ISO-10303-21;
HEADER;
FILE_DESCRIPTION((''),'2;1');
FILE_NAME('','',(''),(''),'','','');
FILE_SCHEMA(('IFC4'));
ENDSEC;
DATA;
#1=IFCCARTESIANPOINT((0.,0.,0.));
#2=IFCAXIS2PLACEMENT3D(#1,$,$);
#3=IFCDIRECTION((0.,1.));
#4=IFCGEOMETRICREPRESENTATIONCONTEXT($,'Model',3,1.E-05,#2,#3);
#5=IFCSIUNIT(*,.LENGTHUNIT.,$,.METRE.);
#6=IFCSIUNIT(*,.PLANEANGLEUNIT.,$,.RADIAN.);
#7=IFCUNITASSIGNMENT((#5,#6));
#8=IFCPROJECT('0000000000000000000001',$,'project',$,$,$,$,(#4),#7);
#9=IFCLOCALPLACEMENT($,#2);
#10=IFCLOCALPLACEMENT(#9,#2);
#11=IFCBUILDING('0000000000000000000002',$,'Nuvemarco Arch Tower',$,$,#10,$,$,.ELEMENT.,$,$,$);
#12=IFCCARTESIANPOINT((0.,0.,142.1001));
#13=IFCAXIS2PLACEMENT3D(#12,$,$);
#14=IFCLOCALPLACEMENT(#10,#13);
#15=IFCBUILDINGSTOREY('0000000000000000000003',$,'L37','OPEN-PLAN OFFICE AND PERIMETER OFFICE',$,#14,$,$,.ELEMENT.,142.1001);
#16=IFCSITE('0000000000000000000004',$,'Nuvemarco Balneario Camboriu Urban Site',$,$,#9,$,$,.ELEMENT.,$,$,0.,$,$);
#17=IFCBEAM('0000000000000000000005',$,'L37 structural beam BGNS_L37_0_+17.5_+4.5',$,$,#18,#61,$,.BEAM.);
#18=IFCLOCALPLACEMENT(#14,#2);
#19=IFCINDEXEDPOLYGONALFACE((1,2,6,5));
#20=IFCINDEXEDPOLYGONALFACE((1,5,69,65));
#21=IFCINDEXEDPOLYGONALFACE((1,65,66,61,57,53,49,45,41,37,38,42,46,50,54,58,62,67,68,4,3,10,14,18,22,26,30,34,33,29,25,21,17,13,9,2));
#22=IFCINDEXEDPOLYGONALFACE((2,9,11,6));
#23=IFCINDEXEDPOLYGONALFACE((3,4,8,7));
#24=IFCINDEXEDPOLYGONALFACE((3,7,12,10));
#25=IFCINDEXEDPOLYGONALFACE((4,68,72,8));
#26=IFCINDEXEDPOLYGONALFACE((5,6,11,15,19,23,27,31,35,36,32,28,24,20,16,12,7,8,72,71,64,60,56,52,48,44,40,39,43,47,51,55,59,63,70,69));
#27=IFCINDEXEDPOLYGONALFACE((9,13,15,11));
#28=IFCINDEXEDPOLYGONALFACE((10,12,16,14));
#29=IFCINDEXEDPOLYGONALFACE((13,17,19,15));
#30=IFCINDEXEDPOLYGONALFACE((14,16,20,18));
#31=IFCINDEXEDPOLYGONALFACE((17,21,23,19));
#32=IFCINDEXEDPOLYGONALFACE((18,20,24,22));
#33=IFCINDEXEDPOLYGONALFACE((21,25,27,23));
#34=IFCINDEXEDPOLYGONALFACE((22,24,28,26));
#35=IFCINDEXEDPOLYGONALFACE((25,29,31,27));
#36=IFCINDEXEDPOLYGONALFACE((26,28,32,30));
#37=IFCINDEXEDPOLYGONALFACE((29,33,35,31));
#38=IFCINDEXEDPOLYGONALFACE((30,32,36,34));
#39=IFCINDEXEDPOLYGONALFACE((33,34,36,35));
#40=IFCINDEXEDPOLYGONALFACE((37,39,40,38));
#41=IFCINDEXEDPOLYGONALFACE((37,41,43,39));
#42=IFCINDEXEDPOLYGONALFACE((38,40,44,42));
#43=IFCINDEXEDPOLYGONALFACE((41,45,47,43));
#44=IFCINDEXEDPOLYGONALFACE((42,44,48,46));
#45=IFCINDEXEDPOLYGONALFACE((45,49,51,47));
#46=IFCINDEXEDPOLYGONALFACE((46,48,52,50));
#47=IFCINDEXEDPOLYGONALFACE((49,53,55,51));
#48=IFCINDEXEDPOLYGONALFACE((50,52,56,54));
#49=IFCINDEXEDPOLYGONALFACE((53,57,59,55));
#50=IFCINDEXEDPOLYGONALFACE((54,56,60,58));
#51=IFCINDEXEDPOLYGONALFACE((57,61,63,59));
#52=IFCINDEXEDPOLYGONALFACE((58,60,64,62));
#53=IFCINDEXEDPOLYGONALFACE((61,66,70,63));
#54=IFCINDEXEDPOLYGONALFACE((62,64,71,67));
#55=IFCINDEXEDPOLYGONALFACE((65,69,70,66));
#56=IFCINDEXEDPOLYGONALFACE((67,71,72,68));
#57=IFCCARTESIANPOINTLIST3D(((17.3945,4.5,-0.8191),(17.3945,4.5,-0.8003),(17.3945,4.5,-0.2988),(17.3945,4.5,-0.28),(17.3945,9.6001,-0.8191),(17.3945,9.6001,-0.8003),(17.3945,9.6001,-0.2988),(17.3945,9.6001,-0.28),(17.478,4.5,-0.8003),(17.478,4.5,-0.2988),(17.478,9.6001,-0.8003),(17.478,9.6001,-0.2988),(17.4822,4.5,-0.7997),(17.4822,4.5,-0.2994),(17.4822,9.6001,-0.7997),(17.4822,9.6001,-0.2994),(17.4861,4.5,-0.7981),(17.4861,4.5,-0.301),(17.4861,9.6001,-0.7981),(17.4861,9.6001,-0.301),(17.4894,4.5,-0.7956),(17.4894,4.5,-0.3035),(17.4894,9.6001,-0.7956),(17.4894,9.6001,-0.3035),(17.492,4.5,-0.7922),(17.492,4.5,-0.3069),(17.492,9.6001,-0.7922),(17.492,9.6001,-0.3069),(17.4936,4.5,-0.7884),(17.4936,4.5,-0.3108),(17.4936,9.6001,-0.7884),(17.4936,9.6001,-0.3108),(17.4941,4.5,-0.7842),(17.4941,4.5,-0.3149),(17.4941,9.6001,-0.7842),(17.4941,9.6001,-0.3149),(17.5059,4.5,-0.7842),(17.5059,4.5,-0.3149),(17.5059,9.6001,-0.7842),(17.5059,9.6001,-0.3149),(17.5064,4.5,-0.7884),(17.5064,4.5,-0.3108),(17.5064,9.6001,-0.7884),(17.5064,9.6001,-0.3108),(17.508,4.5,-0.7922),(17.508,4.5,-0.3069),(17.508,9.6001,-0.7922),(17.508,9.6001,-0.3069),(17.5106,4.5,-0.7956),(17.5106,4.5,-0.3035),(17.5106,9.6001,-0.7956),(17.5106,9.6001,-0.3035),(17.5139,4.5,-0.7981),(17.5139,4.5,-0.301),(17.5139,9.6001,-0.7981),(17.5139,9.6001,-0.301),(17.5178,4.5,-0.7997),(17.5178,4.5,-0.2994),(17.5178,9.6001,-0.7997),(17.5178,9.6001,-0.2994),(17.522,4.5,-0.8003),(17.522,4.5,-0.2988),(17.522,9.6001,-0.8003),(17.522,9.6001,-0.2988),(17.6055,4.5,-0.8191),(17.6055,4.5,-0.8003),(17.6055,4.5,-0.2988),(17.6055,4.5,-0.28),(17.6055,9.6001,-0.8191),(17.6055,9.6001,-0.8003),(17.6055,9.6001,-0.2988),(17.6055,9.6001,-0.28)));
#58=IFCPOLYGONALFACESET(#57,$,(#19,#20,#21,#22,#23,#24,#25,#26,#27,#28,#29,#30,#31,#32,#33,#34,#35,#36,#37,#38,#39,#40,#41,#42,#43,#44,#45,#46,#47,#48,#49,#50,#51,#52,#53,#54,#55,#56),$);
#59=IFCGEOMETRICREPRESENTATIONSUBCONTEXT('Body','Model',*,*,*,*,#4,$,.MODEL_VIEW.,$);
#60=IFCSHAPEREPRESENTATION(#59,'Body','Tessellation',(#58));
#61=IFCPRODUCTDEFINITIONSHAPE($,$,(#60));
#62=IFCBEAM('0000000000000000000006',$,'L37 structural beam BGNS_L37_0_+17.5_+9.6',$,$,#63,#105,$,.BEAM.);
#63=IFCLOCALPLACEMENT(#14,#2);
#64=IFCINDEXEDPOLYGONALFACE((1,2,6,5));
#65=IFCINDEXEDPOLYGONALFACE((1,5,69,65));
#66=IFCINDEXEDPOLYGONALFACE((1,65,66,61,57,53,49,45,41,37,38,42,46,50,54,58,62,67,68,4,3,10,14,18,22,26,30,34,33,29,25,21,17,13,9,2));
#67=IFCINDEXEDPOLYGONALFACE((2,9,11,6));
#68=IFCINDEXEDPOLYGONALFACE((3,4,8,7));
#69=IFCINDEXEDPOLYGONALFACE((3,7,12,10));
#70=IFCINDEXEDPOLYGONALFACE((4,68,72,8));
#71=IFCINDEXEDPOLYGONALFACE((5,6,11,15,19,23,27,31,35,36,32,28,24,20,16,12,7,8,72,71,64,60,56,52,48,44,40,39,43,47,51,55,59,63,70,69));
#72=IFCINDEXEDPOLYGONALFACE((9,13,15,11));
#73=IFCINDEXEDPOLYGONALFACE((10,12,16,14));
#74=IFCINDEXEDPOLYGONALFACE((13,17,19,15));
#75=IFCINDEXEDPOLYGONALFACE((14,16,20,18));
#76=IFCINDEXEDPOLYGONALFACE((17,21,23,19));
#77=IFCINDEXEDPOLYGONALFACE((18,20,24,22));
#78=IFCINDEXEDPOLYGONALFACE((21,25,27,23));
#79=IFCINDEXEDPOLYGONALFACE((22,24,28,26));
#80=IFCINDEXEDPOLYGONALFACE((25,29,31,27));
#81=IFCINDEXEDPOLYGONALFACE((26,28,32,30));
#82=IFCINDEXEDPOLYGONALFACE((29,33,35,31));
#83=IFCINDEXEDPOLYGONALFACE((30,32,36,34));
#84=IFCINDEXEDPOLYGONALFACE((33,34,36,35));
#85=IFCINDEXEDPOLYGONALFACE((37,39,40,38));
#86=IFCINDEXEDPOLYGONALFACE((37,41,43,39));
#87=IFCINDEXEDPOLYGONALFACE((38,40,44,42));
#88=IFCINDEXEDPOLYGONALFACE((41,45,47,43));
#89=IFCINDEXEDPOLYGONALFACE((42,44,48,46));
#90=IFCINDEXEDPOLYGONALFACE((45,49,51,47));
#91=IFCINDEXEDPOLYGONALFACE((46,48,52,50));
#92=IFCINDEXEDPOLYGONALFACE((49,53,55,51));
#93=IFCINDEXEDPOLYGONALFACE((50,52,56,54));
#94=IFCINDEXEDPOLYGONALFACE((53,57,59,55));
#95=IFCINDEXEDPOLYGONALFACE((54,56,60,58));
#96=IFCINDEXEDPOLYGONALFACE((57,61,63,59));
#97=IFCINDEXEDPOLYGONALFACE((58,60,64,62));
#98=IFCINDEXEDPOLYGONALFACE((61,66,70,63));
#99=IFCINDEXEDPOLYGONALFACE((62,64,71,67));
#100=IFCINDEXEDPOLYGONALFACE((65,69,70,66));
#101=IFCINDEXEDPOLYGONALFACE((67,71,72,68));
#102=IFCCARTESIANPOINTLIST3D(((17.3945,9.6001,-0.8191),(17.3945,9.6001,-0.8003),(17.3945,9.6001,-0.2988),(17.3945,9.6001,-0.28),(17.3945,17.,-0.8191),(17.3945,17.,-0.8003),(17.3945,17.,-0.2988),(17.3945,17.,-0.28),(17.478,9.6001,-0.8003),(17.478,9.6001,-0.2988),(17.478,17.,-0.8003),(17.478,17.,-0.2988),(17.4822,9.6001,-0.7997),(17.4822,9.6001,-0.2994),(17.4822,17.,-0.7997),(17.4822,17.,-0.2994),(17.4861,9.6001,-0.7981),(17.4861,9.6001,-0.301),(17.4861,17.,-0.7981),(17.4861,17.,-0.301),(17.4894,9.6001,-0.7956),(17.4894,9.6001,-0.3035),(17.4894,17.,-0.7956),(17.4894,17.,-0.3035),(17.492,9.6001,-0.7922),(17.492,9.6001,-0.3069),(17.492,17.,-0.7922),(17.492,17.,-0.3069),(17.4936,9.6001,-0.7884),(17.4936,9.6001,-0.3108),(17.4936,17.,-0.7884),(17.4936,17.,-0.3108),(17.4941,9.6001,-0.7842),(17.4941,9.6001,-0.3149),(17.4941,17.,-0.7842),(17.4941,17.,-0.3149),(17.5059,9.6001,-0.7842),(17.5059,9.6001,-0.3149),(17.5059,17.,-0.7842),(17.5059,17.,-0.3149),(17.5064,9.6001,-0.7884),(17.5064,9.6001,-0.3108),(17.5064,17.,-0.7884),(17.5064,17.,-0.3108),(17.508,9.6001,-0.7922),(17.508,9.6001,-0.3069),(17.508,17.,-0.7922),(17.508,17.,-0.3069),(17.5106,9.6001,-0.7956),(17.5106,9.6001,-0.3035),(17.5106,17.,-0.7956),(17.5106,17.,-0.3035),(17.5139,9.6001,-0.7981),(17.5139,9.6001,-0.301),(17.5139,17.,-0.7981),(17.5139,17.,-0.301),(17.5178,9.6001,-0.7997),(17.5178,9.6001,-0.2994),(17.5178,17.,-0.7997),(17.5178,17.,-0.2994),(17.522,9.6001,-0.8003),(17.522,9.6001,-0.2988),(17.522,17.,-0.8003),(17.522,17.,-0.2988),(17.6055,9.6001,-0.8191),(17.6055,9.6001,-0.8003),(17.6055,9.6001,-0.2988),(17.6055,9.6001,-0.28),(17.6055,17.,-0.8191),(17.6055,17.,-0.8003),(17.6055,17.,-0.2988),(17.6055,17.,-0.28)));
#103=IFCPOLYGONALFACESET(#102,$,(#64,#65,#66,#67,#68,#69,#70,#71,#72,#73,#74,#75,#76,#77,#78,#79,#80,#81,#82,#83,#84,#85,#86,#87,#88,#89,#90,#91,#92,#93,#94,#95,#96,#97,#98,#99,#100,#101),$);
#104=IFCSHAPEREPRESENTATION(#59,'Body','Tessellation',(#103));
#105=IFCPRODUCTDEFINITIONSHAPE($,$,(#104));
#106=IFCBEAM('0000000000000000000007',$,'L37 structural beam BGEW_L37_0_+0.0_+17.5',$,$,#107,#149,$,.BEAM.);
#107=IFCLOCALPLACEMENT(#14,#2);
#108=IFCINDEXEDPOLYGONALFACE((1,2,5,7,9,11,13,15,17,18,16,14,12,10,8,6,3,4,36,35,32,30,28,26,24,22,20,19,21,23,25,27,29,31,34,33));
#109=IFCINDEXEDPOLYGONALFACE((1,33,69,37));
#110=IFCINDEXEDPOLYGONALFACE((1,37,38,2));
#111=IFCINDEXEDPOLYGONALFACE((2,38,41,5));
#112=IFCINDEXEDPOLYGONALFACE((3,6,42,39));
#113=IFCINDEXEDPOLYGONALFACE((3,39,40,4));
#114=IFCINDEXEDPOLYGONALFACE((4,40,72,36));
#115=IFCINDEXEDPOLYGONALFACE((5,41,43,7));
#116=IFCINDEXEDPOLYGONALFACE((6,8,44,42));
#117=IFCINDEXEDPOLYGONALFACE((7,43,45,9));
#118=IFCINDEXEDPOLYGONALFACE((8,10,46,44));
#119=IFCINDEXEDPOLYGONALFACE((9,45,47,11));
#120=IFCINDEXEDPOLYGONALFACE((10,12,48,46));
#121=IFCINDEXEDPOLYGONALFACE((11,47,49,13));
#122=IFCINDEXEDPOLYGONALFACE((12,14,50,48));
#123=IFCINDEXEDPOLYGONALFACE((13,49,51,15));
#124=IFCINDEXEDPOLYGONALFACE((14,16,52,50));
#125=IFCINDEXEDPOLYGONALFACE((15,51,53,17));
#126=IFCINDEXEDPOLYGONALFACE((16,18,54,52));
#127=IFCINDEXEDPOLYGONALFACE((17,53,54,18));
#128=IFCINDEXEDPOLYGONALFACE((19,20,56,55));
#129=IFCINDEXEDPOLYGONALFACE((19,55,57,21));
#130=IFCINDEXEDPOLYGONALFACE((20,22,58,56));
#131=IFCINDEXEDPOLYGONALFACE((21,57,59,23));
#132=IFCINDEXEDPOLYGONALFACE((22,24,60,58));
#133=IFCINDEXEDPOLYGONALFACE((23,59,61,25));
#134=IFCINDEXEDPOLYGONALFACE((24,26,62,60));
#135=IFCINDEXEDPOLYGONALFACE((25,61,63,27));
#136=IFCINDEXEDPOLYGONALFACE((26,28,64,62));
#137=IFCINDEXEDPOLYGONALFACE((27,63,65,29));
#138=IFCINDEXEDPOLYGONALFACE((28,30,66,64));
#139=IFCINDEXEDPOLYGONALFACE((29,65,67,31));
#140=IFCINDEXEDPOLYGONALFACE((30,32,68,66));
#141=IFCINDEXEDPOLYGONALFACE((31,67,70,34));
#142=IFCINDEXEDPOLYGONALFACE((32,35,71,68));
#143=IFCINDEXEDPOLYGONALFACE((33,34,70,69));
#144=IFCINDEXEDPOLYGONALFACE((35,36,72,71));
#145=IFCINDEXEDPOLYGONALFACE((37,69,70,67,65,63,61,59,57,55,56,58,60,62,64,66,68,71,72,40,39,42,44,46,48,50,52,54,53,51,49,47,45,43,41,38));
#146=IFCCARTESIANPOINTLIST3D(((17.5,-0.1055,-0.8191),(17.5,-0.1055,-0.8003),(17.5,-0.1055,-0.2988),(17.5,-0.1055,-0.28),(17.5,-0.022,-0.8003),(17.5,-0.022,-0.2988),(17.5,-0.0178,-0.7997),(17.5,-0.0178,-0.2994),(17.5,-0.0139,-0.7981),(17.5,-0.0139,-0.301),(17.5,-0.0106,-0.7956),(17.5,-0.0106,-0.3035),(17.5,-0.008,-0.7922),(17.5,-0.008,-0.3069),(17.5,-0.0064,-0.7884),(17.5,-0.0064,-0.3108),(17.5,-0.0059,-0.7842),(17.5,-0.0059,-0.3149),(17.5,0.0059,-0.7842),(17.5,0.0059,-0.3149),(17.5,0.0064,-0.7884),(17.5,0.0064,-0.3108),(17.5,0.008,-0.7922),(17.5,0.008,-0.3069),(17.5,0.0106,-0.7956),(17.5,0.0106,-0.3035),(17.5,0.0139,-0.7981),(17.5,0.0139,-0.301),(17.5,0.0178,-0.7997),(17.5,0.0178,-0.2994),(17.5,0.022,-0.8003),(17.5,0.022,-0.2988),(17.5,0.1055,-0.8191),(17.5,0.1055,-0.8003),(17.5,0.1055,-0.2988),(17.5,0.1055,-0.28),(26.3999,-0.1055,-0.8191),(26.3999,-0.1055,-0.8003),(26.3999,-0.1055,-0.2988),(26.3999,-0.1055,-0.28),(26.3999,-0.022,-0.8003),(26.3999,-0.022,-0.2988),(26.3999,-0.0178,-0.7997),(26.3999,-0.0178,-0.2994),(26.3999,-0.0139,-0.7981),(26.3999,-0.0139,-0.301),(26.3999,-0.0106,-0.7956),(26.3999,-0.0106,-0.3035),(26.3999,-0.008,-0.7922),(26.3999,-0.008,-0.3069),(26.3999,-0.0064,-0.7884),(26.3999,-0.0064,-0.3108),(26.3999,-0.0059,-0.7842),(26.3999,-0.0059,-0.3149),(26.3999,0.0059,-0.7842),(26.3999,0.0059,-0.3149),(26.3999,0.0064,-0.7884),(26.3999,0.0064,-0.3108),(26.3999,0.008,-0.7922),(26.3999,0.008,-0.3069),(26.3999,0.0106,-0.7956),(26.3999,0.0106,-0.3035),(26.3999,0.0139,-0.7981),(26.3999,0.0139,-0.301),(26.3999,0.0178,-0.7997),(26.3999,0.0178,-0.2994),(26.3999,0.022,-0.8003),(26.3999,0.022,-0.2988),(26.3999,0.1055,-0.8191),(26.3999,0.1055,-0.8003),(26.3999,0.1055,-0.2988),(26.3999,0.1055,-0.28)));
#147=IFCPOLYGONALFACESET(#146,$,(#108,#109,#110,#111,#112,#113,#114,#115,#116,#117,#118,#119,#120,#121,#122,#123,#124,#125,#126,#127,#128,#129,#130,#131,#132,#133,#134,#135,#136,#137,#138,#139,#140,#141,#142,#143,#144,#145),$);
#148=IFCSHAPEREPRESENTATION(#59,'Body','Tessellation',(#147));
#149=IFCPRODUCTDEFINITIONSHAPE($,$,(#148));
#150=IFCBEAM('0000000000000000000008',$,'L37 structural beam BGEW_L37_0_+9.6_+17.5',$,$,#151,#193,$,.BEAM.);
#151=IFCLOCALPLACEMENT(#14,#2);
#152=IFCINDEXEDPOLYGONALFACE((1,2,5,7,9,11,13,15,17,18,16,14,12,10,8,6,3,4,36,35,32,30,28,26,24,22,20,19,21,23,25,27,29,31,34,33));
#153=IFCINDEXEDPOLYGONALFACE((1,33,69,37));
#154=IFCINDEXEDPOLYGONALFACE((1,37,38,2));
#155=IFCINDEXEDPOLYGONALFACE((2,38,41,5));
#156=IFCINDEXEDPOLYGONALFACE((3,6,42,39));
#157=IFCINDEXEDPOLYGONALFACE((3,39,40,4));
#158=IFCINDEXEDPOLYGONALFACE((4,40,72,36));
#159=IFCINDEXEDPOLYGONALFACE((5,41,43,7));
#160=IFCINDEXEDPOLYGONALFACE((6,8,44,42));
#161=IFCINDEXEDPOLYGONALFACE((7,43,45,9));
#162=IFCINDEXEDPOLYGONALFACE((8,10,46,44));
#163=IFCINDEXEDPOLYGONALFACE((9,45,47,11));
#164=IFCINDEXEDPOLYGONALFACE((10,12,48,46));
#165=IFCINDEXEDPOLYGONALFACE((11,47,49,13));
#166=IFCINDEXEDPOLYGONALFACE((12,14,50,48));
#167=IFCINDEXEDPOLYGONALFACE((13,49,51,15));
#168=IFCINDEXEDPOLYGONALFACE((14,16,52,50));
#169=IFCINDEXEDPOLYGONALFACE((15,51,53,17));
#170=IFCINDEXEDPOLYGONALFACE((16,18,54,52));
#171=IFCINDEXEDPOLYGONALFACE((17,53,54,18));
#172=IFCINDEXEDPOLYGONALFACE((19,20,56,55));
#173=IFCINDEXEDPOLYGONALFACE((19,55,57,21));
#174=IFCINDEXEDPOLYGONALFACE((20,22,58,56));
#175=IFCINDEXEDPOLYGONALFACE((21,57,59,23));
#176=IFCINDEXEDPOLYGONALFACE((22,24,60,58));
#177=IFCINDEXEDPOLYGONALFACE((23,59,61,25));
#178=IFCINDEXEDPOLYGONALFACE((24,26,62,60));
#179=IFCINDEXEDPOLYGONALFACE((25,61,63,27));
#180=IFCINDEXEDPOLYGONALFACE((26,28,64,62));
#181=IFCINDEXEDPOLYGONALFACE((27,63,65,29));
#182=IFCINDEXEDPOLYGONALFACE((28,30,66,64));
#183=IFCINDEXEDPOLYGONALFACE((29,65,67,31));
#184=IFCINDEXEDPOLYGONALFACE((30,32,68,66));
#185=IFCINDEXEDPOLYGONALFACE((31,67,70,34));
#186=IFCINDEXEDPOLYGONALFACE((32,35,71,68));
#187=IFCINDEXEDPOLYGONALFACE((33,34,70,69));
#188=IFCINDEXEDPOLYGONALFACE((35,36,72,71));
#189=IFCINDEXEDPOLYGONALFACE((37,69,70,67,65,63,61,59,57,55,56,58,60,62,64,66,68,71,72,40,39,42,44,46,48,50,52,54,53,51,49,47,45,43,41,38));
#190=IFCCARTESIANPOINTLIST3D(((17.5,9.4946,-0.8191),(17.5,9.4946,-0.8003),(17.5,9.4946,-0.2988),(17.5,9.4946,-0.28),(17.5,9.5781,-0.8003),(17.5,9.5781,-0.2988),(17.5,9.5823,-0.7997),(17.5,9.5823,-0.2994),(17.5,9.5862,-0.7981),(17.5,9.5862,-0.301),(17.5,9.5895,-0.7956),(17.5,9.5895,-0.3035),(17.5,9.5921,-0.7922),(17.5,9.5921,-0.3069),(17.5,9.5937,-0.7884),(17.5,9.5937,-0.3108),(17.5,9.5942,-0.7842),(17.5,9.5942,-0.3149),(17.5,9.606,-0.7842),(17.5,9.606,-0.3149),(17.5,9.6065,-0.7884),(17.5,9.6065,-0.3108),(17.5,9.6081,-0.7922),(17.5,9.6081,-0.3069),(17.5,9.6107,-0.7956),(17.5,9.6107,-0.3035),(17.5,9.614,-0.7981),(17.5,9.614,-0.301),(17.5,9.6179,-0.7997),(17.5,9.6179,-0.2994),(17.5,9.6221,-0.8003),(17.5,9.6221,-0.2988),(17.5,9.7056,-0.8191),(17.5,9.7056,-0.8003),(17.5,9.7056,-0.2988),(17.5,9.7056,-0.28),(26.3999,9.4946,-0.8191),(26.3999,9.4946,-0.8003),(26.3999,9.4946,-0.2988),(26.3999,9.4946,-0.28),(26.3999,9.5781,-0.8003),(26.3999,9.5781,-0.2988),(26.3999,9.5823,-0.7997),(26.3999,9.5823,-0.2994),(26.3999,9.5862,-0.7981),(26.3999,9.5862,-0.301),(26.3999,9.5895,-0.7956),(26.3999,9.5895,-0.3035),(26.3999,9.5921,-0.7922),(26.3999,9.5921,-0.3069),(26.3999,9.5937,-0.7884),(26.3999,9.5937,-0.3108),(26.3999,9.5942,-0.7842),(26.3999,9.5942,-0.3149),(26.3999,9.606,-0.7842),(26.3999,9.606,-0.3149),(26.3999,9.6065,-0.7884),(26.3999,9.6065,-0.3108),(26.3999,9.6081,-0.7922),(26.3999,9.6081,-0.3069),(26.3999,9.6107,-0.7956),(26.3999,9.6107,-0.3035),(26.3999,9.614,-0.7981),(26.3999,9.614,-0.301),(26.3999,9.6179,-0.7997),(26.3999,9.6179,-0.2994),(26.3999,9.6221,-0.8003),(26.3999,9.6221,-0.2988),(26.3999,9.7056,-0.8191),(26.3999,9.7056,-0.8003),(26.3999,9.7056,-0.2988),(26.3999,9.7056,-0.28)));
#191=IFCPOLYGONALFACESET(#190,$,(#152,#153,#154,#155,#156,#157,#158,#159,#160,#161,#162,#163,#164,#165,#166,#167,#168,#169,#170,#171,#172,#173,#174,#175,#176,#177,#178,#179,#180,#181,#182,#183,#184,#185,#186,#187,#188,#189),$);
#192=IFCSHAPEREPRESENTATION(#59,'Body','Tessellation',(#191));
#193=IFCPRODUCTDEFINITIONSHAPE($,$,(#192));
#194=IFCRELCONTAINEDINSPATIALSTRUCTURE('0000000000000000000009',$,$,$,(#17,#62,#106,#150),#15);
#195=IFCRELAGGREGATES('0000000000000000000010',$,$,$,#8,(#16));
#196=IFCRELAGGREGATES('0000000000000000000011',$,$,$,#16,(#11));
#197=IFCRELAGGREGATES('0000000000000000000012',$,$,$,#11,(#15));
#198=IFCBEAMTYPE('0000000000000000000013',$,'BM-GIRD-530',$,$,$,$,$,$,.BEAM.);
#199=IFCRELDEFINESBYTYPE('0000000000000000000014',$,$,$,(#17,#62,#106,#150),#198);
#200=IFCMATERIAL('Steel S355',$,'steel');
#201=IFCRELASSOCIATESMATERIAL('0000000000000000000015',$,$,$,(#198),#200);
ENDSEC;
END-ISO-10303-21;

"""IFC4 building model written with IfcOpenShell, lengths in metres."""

from ifc_helpers import new_model, si_unit, direction, frame, origin, origin_2d, place, context, subcontext, project, spatial, i_section, extrude, material, material_profile, profile_set, type_object, element, save


model = new_model("IFC4")

# Units and contexts
model_context = context("Model", 3, precision=1e-05, world=origin(), true_north=direction((0.0, 1.0)))
body_context = subcontext(model_context, "Body", "Model", "MODEL_VIEW")
ifc_project = project(units=[si_unit("LENGTHUNIT", "METRE"), si_unit("PLANEANGLEUNIT", "RADIAN")], contexts=[model_context])

# Site, building, storey
site_placement = place(None, origin())
site = spatial("IfcSite", under=ifc_project, at=site_placement, Name="Nuvemarco Balneario Camboriu Urban Site", CompositionType="ELEMENT", RefElevation=0.0)
building_placement = place(site_placement, origin())
building = spatial("IfcBuilding", under=site, at=building_placement, Name="Nuvemarco Arch Tower", CompositionType="ELEMENT")
storey_placement = place(building_placement, frame((0.0, 0.0, 142.1001)))
storey = spatial("IfcBuildingStorey", under=building, at=storey_placement, Name="L37", Description="OPEN-PLAN OFFICE AND PERIMETER OFFICE", CompositionType="ELEMENT", Elevation=142.1001)

# Shared definitions
ifc_material_1 = material(Name="Steel S355", Category="steel")

# Beams
ifc_material_profile_1 = material_profile(ifc_material_1, i_section(OverallWidth=0.2109, OverallDepth=0.5391, WebThickness=0.0117, FlangeThickness=0.0188, FilletRadius=0.0161, at=origin_2d()), Name="W530x109")
ifc_profile_set_1 = profile_set([ifc_material_profile_1], Name="Steel S355")
beam_type_1 = type_object("IfcBeamType", Name="BM-GIRD-530", PredefinedType="BEAM", material=ifc_profile_set_1)
beam_1_placement = place(storey_placement, frame((17.5, 4.5, -0.5496), z_axis=(0.0, 1.0, 0.0), x_axis=(-1.0, 0.0, 0.0)))
element("IfcBeam", 1, at=beam_1_placement, inside=storey, type_object=beam_type_1, Name="L37 structural beam BGNS_L37_0_+17.5_+4.5", PredefinedType="BEAM", context=body_context, shape_type="SweptSolid", body=[
    extrude(i_section(OverallWidth=0.2109, OverallDepth=0.5391, WebThickness=0.0117, FlangeThickness=0.0188, FilletRadius=0.0161, at=origin_2d()), origin(), (0.0, 0.0, 1.0), 5.1001),
])
beam_2_placement = place(storey_placement, frame((17.5, 9.6001, -0.5496), z_axis=(0.0, 1.0, 0.0), x_axis=(-1.0, 0.0, 0.0)))
element("IfcBeam", 2, at=beam_2_placement, inside=storey, type_object=beam_type_1, Name="L37 structural beam BGNS_L37_0_+17.5_+9.6", PredefinedType="BEAM", context=body_context, shape_type="SweptSolid", body=[
    extrude(i_section(OverallWidth=0.2109, OverallDepth=0.5391, WebThickness=0.0117, FlangeThickness=0.0188, FilletRadius=0.0161, at=origin_2d()), origin(), (0.0, 0.0, 1.0), 7.3999),
])
for number, where, z_axis, x_axis, name in (
    (3, (17.5, 0.0, -0.5496), (1.0, 0.0, 0.0), (0.0, 1.0, 0.0), "L37 structural beam BGEW_L37_0_+0.0_+17.5"),
    (4, (17.5, 9.6001, -0.5496), (1.0, 0.0, 0.0), (0.0, 1.0, 0.0), "L37 structural beam BGEW_L37_0_+9.6_+17.5"),
):
    element("IfcBeam", number, at=place(storey_placement, frame(where, z_axis=z_axis, x_axis=x_axis)), inside=storey, type_object=beam_type_1, Name=name, PredefinedType="BEAM", context=body_context, shape_type="SweptSolid", body=[
        extrude(i_section(OverallWidth=0.2109, OverallDepth=0.5391, WebThickness=0.0117, FlangeThickness=0.0188, FilletRadius=0.0161, at=origin_2d()), origin(), (0.0, 0.0, 1.0), 8.8999),
    ])

save(model, "model.ifc")
